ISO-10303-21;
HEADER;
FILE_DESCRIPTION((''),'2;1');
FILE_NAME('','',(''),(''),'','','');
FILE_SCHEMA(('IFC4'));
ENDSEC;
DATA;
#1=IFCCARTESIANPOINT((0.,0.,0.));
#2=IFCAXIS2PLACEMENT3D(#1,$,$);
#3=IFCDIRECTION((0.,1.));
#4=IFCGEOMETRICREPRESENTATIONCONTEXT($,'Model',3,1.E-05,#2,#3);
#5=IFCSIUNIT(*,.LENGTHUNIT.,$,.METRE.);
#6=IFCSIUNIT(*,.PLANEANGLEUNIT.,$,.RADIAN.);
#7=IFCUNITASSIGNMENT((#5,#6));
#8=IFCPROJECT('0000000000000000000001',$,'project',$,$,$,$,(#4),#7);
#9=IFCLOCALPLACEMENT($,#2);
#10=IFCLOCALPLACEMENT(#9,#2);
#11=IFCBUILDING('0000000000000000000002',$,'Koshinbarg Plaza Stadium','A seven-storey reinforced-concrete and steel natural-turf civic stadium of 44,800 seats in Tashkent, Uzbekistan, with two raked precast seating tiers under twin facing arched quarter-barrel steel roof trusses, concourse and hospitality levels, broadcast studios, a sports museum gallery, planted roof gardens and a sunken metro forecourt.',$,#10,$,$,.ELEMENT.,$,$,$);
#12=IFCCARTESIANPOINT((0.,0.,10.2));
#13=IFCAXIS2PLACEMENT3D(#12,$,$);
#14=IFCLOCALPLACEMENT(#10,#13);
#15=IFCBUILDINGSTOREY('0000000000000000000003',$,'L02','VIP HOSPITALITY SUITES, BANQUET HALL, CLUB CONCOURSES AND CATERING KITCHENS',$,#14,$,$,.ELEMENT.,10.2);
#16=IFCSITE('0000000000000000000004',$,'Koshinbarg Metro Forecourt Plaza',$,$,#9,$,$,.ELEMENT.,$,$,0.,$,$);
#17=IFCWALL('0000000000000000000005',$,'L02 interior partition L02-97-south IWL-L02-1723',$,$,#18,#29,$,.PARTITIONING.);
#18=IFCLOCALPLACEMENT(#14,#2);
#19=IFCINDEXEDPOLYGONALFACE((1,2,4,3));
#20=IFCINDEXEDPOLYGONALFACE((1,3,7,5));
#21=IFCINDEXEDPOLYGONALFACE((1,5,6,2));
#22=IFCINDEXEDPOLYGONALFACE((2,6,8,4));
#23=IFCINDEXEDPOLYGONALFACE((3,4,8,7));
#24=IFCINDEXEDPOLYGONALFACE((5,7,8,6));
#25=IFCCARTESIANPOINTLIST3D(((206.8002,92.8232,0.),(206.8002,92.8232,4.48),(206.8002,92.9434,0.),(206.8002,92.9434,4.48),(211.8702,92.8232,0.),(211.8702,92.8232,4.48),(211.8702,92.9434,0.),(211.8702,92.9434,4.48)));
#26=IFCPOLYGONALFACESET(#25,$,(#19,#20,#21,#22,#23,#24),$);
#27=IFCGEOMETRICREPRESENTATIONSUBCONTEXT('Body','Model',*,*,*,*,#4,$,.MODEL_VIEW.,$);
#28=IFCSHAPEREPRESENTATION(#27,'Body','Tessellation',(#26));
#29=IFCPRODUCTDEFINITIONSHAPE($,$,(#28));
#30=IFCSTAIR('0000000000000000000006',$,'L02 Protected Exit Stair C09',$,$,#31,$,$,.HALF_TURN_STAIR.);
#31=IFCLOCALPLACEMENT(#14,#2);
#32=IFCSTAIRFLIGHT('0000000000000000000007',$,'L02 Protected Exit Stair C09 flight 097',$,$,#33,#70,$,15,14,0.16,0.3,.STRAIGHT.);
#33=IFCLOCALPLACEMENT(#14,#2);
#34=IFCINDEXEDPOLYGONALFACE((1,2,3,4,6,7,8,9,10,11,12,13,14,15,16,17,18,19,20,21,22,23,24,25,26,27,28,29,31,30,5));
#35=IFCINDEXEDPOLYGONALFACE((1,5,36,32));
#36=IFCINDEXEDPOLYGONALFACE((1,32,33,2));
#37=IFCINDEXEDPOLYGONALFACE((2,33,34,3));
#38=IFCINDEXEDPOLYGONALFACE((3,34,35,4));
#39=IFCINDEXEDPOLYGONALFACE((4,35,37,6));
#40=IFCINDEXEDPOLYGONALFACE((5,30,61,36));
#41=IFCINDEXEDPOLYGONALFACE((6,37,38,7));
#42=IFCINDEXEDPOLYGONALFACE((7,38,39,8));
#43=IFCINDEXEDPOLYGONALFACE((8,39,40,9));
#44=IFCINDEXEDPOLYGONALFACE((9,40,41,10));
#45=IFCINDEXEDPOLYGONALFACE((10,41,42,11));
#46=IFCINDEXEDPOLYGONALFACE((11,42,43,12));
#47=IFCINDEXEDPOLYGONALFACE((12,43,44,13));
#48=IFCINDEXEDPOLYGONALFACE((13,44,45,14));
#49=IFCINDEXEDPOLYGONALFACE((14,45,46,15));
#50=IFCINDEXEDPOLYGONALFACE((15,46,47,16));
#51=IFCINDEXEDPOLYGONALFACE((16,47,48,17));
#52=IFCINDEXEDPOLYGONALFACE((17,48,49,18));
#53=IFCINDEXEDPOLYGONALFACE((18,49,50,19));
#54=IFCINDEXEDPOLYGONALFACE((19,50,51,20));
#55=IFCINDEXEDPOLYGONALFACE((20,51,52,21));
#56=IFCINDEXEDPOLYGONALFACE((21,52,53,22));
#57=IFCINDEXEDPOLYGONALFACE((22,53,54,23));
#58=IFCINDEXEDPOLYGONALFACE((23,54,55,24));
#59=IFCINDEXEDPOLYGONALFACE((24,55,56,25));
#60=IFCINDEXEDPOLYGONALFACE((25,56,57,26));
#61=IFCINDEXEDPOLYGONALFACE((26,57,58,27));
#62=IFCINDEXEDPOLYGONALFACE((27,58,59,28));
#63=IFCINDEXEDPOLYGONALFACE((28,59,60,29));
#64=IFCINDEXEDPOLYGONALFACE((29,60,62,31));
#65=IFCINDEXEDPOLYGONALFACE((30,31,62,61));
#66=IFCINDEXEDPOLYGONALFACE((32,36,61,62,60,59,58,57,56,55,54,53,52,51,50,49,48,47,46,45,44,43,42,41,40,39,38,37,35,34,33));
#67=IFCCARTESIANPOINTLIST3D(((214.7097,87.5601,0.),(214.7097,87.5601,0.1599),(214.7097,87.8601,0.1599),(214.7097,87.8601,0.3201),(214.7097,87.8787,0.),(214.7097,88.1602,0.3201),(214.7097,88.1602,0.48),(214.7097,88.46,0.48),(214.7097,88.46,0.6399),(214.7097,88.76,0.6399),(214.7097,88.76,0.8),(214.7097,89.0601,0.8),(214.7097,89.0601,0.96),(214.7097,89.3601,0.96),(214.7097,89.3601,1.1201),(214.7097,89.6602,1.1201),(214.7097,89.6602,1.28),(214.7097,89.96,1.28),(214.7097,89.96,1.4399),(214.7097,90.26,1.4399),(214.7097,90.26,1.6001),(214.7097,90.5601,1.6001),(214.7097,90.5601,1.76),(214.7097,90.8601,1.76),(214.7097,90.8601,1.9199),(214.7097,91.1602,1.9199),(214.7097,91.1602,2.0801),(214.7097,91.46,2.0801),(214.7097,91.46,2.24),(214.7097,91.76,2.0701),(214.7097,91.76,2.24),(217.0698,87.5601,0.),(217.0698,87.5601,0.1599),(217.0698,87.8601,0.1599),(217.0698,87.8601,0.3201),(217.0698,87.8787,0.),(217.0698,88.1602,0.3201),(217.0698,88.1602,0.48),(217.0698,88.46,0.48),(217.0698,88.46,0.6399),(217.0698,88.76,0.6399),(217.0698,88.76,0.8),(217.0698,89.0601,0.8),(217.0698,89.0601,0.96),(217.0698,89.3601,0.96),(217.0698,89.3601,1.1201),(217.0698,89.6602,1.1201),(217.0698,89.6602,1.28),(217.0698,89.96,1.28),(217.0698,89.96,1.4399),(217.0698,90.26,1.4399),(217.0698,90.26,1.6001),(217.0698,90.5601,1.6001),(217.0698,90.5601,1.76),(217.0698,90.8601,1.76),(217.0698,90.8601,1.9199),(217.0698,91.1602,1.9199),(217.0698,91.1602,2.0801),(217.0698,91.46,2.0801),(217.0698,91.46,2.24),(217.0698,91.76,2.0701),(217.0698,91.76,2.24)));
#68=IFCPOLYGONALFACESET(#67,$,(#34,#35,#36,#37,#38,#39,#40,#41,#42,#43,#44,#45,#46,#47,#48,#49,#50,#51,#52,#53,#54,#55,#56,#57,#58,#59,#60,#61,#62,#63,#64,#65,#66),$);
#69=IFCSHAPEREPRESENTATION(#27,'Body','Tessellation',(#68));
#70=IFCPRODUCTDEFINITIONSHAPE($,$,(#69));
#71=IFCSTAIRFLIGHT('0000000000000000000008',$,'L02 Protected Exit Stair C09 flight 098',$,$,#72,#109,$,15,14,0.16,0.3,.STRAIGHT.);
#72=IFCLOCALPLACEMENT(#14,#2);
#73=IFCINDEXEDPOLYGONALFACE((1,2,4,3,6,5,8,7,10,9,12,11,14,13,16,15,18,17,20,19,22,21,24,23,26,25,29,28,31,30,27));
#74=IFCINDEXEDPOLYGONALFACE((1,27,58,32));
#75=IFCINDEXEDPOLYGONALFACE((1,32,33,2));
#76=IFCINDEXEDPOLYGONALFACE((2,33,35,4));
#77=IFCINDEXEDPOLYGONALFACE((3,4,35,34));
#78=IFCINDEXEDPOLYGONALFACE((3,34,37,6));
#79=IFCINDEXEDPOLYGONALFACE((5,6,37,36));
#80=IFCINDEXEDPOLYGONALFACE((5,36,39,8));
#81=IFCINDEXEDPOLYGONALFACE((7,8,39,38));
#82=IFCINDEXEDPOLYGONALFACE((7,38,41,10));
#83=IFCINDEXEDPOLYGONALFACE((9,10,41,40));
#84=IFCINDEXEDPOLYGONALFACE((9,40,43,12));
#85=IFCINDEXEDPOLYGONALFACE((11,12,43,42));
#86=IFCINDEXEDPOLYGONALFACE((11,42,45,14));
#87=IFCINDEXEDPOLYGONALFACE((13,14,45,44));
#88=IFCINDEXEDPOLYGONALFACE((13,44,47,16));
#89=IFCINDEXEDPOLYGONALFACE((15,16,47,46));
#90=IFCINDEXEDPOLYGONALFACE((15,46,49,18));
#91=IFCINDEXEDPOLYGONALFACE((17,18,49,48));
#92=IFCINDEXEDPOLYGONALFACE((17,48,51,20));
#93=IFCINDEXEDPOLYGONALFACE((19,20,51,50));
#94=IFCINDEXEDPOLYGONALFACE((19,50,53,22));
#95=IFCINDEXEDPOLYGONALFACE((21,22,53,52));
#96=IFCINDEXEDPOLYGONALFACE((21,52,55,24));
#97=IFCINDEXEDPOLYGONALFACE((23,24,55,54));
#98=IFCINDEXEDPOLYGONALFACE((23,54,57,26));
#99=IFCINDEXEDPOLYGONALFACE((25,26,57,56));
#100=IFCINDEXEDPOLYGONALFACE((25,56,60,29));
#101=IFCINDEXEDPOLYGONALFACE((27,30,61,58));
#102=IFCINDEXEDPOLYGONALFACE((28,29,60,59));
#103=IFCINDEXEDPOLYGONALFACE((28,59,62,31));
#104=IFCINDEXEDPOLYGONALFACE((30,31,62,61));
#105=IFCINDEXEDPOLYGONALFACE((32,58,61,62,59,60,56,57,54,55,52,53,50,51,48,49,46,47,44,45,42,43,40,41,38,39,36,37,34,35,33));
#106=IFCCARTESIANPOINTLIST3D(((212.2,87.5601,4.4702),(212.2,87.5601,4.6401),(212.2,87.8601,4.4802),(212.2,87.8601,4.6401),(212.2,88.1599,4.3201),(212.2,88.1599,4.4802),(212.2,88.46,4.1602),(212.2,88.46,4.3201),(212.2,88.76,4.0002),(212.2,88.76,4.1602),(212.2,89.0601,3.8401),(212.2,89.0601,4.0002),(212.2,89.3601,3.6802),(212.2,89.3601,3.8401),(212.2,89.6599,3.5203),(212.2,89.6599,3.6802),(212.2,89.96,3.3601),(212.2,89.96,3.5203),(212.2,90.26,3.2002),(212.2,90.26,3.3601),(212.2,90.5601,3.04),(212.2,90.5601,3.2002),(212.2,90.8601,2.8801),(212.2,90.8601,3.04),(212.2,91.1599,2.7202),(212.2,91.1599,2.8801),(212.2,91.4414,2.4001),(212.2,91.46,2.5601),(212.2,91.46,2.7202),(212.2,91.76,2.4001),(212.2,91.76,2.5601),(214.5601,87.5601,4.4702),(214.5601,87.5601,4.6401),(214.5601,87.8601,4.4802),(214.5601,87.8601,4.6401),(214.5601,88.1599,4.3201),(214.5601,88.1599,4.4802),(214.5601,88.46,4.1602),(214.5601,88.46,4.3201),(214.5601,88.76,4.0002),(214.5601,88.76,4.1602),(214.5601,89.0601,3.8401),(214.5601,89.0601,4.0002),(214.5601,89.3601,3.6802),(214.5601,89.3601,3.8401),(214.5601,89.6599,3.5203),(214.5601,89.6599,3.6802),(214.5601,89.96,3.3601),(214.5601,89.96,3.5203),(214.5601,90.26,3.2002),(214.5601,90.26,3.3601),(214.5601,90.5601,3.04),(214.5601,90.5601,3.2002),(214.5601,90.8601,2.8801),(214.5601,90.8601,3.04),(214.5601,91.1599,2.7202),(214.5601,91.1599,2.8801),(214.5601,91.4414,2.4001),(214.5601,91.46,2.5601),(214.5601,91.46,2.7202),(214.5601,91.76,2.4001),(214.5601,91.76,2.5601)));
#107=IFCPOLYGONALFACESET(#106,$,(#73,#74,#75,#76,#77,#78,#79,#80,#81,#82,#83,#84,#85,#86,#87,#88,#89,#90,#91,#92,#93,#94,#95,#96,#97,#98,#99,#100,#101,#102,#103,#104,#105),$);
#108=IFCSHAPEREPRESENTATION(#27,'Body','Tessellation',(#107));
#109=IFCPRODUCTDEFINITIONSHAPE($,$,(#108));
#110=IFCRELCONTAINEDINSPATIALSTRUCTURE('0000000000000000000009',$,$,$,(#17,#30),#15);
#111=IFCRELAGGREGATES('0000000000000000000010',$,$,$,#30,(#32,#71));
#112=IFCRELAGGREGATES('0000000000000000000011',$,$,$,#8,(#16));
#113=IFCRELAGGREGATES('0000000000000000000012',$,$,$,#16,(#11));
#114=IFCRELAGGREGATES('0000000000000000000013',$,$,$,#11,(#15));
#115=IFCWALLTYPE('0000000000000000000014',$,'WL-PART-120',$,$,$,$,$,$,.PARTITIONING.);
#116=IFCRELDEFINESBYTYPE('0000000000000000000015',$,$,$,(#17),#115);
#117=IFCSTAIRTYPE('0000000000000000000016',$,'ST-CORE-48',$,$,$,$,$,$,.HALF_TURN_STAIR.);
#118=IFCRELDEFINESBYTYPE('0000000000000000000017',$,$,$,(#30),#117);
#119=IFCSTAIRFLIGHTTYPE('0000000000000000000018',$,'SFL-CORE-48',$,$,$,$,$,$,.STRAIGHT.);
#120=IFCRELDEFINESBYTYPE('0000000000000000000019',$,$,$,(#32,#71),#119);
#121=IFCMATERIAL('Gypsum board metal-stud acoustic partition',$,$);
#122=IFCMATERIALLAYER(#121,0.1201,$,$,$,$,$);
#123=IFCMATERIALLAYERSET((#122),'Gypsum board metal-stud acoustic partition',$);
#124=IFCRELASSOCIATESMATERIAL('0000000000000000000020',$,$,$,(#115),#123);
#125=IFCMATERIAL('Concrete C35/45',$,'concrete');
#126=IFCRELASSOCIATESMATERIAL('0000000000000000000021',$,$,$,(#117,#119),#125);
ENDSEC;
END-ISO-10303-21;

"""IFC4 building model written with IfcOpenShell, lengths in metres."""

from ifc_helpers import new_model, si_unit, direction, frame, frame_2d, origin, place, context, subcontext, project, spatial, polyline, rectangle, outline, extrude, material, layer, layer_set, type_object, element, aggregate, save


model = new_model("IFC4")

# Units and contexts
model_context = context("Model", 3, precision=1e-05, world=origin(), true_north=direction((0.0, 1.0)))
body_context = subcontext(model_context, "Body", "Model", "MODEL_VIEW")
ifc_project = project(units=[si_unit("LENGTHUNIT", "METRE"), si_unit("PLANEANGLEUNIT", "RADIAN")], contexts=[model_context])

# Site, building, storey
site_placement = place(None, origin())
site = spatial("IfcSite", under=ifc_project, at=site_placement, Name="Koshinbarg Metro Forecourt Plaza", CompositionType="ELEMENT", RefElevation=0.0)
building_placement = place(site_placement, origin())
building = spatial("IfcBuilding", under=site, at=building_placement, Name="Koshinbarg Plaza Stadium", Description="A seven-storey reinforced-concrete and steel natural-turf civic stadium of 44,800 seats in Tashkent, Uzbekistan, with two raked precast seating tiers under twin facing arched quarter-barrel steel roof trusses, concourse and hospitality levels, broadcast studios, a sports museum gallery, planted roof gardens and a sunken metro forecourt.", CompositionType="ELEMENT")
storey_placement = place(building_placement, frame((0.0, 0.0, 10.2)))
storey = spatial("IfcBuildingStorey", under=building, at=storey_placement, Name="L02", Description="VIP HOSPITALITY SUITES, BANQUET HALL, CLUB CONCOURSES AND CATERING KITCHENS", CompositionType="ELEMENT", Elevation=10.2)

# Shared definitions
ifc_material_1 = material(Name="Gypsum board metal-stud acoustic partition")
ifc_layer_1 = layer(ifc_material_1, 0.1201)
ifc_layer_set_1 = layer_set([ifc_layer_1], Name="Gypsum board metal-stud acoustic partition")
wall_type_1 = type_object("IfcWallType", Name="WL-PART-120", PredefinedType="PARTITIONING", material=ifc_layer_set_1)

# Wall
wall_1_placement = place(storey_placement, frame((206.8, 92.8833, 0.0), z_axis=(0.0, 0.0, 1.0), x_axis=(1.0, 0.0, 0.0)))
element("IfcWall", 1, at=wall_1_placement, inside=storey, type_object=wall_type_1, Name="L02 interior partition L02-97-south IWL-L02-1723", PredefinedType="PARTITIONING", context=body_context, shape_type="SweptSolid", body=[
    extrude(rectangle(XDim=5.0701, YDim=0.1201, at=frame_2d((2.5352, 0.0))), origin(), (0.0, 0.0, 1.0), 4.48),
])

# Stair, stair flights
ifc_material_2 = material(Name="Concrete C35/45", Category="concrete")
stair_type = type_object("IfcStairType", Name="ST-CORE-48", PredefinedType="HALF_TURN_STAIR", material=ifc_material_2)
stair_placement = place(storey_placement, origin())
stair = element("IfcStair", 2, at=stair_placement, inside=storey, type_object=stair_type, Name="L02 Protected Exit Stair C09", PredefinedType="HALF_TURN_STAIR")
stair_flight_type = type_object("IfcStairFlightType", Name="SFL-CORE-48", PredefinedType="STRAIGHT", material=ifc_material_2)
stair_flight_1_placement = place(storey_placement, frame((215.8899, 87.5601, 0.0), z_axis=(0.0, 0.0, 1.0), x_axis=(0.0, 1.0, 0.0)))
stair_flight_1 = element("IfcStairFlight", 3, at=stair_flight_1_placement, type_object=stair_flight_type, Name="L02 Protected Exit Stair C09 flight 097", NumberOfRisers=15, NumberOfTreads=14, PredefinedType="STRAIGHT", RiserHeight=0.16, TreadLength=0.3, context=body_context, shape_type="SweptSolid", body=[
    extrude(outline(polyline([(0.0, 0.0), (0.0, 0.1599), (0.3, 0.1599), (0.3, 0.3201), (0.6001, 0.3201), (0.6001, 0.48), (0.8999, 0.48), (0.8999, 0.6399), (1.2, 0.6399), (1.2, 0.8), (1.5, 0.8), (1.5, 0.96), (1.8, 0.96), (1.8, 1.1201), (2.1001, 1.1201), (2.1001, 1.28), (2.3999, 1.28), (2.3999, 1.4399), (2.7, 1.4399), (2.7, 1.6001), (3.0, 1.6001), (3.0, 1.76), (3.3, 1.76), (3.3, 1.9199), (3.6001, 1.9199), (3.6001, 2.0801), (3.8999, 2.0801), (3.8999, 2.24), (4.2, 2.24), (4.2, 2.3999), (4.2, 2.0701), (0.3186, 0.0), (0.0, 0.0)])), frame((0.0, 1.1802, 0.0), z_axis=(0.0, -1.0, 0.0), x_axis=(1.0, 0.0, 0.0)), (0.0, 0.0, 1.0), 2.3601),
])
stair_flight_2_placement = place(storey_placement, frame((213.3799, 91.76, 2.4001), z_axis=(0.0, 0.0, 1.0), x_axis=(0.0, -1.0, 0.0)))
stair_flight_2 = element("IfcStairFlight", 4, at=stair_flight_2_placement, type_object=stair_flight_type, Name="L02 Protected Exit Stair C09 flight 098", NumberOfRisers=15, NumberOfTreads=14, PredefinedType="STRAIGHT", RiserHeight=0.16, TreadLength=0.3, context=body_context, shape_type="SweptSolid", body=[
    extrude(outline(polyline([(0.0, 0.0), (0.0, 0.1599), (0.3, 0.1599), (0.3, 0.3201), (0.6001, 0.3201), (0.6001, 0.48), (0.8999, 0.48), (0.8999, 0.6399), (1.2, 0.6399), (1.2, 0.8), (1.5, 0.8), (1.5, 0.96), (1.8, 0.96), (1.8, 1.1201), (2.1001, 1.1201), (2.1001, 1.28), (2.3999, 1.28), (2.3999, 1.4399), (2.7, 1.4399), (2.7, 1.6001), (3.0, 1.6001), (3.0, 1.76), (3.3, 1.76), (3.3, 1.9199), (3.6001, 1.9199), (3.6001, 2.0801), (3.8999, 2.0801), (3.8999, 2.24), (4.2, 2.24), (4.2, 2.3999), (4.2, 2.0701), (0.3186, 0.0), (0.0, 0.0)])), frame((0.0, 1.1802, 0.0), z_axis=(0.0, -1.0, 0.0), x_axis=(1.0, 0.0, 0.0)), (0.0, 0.0, 1.0), 2.3601),
])
aggregate(stair, [stair_flight_1, stair_flight_2])

save(model, "model.ifc")
